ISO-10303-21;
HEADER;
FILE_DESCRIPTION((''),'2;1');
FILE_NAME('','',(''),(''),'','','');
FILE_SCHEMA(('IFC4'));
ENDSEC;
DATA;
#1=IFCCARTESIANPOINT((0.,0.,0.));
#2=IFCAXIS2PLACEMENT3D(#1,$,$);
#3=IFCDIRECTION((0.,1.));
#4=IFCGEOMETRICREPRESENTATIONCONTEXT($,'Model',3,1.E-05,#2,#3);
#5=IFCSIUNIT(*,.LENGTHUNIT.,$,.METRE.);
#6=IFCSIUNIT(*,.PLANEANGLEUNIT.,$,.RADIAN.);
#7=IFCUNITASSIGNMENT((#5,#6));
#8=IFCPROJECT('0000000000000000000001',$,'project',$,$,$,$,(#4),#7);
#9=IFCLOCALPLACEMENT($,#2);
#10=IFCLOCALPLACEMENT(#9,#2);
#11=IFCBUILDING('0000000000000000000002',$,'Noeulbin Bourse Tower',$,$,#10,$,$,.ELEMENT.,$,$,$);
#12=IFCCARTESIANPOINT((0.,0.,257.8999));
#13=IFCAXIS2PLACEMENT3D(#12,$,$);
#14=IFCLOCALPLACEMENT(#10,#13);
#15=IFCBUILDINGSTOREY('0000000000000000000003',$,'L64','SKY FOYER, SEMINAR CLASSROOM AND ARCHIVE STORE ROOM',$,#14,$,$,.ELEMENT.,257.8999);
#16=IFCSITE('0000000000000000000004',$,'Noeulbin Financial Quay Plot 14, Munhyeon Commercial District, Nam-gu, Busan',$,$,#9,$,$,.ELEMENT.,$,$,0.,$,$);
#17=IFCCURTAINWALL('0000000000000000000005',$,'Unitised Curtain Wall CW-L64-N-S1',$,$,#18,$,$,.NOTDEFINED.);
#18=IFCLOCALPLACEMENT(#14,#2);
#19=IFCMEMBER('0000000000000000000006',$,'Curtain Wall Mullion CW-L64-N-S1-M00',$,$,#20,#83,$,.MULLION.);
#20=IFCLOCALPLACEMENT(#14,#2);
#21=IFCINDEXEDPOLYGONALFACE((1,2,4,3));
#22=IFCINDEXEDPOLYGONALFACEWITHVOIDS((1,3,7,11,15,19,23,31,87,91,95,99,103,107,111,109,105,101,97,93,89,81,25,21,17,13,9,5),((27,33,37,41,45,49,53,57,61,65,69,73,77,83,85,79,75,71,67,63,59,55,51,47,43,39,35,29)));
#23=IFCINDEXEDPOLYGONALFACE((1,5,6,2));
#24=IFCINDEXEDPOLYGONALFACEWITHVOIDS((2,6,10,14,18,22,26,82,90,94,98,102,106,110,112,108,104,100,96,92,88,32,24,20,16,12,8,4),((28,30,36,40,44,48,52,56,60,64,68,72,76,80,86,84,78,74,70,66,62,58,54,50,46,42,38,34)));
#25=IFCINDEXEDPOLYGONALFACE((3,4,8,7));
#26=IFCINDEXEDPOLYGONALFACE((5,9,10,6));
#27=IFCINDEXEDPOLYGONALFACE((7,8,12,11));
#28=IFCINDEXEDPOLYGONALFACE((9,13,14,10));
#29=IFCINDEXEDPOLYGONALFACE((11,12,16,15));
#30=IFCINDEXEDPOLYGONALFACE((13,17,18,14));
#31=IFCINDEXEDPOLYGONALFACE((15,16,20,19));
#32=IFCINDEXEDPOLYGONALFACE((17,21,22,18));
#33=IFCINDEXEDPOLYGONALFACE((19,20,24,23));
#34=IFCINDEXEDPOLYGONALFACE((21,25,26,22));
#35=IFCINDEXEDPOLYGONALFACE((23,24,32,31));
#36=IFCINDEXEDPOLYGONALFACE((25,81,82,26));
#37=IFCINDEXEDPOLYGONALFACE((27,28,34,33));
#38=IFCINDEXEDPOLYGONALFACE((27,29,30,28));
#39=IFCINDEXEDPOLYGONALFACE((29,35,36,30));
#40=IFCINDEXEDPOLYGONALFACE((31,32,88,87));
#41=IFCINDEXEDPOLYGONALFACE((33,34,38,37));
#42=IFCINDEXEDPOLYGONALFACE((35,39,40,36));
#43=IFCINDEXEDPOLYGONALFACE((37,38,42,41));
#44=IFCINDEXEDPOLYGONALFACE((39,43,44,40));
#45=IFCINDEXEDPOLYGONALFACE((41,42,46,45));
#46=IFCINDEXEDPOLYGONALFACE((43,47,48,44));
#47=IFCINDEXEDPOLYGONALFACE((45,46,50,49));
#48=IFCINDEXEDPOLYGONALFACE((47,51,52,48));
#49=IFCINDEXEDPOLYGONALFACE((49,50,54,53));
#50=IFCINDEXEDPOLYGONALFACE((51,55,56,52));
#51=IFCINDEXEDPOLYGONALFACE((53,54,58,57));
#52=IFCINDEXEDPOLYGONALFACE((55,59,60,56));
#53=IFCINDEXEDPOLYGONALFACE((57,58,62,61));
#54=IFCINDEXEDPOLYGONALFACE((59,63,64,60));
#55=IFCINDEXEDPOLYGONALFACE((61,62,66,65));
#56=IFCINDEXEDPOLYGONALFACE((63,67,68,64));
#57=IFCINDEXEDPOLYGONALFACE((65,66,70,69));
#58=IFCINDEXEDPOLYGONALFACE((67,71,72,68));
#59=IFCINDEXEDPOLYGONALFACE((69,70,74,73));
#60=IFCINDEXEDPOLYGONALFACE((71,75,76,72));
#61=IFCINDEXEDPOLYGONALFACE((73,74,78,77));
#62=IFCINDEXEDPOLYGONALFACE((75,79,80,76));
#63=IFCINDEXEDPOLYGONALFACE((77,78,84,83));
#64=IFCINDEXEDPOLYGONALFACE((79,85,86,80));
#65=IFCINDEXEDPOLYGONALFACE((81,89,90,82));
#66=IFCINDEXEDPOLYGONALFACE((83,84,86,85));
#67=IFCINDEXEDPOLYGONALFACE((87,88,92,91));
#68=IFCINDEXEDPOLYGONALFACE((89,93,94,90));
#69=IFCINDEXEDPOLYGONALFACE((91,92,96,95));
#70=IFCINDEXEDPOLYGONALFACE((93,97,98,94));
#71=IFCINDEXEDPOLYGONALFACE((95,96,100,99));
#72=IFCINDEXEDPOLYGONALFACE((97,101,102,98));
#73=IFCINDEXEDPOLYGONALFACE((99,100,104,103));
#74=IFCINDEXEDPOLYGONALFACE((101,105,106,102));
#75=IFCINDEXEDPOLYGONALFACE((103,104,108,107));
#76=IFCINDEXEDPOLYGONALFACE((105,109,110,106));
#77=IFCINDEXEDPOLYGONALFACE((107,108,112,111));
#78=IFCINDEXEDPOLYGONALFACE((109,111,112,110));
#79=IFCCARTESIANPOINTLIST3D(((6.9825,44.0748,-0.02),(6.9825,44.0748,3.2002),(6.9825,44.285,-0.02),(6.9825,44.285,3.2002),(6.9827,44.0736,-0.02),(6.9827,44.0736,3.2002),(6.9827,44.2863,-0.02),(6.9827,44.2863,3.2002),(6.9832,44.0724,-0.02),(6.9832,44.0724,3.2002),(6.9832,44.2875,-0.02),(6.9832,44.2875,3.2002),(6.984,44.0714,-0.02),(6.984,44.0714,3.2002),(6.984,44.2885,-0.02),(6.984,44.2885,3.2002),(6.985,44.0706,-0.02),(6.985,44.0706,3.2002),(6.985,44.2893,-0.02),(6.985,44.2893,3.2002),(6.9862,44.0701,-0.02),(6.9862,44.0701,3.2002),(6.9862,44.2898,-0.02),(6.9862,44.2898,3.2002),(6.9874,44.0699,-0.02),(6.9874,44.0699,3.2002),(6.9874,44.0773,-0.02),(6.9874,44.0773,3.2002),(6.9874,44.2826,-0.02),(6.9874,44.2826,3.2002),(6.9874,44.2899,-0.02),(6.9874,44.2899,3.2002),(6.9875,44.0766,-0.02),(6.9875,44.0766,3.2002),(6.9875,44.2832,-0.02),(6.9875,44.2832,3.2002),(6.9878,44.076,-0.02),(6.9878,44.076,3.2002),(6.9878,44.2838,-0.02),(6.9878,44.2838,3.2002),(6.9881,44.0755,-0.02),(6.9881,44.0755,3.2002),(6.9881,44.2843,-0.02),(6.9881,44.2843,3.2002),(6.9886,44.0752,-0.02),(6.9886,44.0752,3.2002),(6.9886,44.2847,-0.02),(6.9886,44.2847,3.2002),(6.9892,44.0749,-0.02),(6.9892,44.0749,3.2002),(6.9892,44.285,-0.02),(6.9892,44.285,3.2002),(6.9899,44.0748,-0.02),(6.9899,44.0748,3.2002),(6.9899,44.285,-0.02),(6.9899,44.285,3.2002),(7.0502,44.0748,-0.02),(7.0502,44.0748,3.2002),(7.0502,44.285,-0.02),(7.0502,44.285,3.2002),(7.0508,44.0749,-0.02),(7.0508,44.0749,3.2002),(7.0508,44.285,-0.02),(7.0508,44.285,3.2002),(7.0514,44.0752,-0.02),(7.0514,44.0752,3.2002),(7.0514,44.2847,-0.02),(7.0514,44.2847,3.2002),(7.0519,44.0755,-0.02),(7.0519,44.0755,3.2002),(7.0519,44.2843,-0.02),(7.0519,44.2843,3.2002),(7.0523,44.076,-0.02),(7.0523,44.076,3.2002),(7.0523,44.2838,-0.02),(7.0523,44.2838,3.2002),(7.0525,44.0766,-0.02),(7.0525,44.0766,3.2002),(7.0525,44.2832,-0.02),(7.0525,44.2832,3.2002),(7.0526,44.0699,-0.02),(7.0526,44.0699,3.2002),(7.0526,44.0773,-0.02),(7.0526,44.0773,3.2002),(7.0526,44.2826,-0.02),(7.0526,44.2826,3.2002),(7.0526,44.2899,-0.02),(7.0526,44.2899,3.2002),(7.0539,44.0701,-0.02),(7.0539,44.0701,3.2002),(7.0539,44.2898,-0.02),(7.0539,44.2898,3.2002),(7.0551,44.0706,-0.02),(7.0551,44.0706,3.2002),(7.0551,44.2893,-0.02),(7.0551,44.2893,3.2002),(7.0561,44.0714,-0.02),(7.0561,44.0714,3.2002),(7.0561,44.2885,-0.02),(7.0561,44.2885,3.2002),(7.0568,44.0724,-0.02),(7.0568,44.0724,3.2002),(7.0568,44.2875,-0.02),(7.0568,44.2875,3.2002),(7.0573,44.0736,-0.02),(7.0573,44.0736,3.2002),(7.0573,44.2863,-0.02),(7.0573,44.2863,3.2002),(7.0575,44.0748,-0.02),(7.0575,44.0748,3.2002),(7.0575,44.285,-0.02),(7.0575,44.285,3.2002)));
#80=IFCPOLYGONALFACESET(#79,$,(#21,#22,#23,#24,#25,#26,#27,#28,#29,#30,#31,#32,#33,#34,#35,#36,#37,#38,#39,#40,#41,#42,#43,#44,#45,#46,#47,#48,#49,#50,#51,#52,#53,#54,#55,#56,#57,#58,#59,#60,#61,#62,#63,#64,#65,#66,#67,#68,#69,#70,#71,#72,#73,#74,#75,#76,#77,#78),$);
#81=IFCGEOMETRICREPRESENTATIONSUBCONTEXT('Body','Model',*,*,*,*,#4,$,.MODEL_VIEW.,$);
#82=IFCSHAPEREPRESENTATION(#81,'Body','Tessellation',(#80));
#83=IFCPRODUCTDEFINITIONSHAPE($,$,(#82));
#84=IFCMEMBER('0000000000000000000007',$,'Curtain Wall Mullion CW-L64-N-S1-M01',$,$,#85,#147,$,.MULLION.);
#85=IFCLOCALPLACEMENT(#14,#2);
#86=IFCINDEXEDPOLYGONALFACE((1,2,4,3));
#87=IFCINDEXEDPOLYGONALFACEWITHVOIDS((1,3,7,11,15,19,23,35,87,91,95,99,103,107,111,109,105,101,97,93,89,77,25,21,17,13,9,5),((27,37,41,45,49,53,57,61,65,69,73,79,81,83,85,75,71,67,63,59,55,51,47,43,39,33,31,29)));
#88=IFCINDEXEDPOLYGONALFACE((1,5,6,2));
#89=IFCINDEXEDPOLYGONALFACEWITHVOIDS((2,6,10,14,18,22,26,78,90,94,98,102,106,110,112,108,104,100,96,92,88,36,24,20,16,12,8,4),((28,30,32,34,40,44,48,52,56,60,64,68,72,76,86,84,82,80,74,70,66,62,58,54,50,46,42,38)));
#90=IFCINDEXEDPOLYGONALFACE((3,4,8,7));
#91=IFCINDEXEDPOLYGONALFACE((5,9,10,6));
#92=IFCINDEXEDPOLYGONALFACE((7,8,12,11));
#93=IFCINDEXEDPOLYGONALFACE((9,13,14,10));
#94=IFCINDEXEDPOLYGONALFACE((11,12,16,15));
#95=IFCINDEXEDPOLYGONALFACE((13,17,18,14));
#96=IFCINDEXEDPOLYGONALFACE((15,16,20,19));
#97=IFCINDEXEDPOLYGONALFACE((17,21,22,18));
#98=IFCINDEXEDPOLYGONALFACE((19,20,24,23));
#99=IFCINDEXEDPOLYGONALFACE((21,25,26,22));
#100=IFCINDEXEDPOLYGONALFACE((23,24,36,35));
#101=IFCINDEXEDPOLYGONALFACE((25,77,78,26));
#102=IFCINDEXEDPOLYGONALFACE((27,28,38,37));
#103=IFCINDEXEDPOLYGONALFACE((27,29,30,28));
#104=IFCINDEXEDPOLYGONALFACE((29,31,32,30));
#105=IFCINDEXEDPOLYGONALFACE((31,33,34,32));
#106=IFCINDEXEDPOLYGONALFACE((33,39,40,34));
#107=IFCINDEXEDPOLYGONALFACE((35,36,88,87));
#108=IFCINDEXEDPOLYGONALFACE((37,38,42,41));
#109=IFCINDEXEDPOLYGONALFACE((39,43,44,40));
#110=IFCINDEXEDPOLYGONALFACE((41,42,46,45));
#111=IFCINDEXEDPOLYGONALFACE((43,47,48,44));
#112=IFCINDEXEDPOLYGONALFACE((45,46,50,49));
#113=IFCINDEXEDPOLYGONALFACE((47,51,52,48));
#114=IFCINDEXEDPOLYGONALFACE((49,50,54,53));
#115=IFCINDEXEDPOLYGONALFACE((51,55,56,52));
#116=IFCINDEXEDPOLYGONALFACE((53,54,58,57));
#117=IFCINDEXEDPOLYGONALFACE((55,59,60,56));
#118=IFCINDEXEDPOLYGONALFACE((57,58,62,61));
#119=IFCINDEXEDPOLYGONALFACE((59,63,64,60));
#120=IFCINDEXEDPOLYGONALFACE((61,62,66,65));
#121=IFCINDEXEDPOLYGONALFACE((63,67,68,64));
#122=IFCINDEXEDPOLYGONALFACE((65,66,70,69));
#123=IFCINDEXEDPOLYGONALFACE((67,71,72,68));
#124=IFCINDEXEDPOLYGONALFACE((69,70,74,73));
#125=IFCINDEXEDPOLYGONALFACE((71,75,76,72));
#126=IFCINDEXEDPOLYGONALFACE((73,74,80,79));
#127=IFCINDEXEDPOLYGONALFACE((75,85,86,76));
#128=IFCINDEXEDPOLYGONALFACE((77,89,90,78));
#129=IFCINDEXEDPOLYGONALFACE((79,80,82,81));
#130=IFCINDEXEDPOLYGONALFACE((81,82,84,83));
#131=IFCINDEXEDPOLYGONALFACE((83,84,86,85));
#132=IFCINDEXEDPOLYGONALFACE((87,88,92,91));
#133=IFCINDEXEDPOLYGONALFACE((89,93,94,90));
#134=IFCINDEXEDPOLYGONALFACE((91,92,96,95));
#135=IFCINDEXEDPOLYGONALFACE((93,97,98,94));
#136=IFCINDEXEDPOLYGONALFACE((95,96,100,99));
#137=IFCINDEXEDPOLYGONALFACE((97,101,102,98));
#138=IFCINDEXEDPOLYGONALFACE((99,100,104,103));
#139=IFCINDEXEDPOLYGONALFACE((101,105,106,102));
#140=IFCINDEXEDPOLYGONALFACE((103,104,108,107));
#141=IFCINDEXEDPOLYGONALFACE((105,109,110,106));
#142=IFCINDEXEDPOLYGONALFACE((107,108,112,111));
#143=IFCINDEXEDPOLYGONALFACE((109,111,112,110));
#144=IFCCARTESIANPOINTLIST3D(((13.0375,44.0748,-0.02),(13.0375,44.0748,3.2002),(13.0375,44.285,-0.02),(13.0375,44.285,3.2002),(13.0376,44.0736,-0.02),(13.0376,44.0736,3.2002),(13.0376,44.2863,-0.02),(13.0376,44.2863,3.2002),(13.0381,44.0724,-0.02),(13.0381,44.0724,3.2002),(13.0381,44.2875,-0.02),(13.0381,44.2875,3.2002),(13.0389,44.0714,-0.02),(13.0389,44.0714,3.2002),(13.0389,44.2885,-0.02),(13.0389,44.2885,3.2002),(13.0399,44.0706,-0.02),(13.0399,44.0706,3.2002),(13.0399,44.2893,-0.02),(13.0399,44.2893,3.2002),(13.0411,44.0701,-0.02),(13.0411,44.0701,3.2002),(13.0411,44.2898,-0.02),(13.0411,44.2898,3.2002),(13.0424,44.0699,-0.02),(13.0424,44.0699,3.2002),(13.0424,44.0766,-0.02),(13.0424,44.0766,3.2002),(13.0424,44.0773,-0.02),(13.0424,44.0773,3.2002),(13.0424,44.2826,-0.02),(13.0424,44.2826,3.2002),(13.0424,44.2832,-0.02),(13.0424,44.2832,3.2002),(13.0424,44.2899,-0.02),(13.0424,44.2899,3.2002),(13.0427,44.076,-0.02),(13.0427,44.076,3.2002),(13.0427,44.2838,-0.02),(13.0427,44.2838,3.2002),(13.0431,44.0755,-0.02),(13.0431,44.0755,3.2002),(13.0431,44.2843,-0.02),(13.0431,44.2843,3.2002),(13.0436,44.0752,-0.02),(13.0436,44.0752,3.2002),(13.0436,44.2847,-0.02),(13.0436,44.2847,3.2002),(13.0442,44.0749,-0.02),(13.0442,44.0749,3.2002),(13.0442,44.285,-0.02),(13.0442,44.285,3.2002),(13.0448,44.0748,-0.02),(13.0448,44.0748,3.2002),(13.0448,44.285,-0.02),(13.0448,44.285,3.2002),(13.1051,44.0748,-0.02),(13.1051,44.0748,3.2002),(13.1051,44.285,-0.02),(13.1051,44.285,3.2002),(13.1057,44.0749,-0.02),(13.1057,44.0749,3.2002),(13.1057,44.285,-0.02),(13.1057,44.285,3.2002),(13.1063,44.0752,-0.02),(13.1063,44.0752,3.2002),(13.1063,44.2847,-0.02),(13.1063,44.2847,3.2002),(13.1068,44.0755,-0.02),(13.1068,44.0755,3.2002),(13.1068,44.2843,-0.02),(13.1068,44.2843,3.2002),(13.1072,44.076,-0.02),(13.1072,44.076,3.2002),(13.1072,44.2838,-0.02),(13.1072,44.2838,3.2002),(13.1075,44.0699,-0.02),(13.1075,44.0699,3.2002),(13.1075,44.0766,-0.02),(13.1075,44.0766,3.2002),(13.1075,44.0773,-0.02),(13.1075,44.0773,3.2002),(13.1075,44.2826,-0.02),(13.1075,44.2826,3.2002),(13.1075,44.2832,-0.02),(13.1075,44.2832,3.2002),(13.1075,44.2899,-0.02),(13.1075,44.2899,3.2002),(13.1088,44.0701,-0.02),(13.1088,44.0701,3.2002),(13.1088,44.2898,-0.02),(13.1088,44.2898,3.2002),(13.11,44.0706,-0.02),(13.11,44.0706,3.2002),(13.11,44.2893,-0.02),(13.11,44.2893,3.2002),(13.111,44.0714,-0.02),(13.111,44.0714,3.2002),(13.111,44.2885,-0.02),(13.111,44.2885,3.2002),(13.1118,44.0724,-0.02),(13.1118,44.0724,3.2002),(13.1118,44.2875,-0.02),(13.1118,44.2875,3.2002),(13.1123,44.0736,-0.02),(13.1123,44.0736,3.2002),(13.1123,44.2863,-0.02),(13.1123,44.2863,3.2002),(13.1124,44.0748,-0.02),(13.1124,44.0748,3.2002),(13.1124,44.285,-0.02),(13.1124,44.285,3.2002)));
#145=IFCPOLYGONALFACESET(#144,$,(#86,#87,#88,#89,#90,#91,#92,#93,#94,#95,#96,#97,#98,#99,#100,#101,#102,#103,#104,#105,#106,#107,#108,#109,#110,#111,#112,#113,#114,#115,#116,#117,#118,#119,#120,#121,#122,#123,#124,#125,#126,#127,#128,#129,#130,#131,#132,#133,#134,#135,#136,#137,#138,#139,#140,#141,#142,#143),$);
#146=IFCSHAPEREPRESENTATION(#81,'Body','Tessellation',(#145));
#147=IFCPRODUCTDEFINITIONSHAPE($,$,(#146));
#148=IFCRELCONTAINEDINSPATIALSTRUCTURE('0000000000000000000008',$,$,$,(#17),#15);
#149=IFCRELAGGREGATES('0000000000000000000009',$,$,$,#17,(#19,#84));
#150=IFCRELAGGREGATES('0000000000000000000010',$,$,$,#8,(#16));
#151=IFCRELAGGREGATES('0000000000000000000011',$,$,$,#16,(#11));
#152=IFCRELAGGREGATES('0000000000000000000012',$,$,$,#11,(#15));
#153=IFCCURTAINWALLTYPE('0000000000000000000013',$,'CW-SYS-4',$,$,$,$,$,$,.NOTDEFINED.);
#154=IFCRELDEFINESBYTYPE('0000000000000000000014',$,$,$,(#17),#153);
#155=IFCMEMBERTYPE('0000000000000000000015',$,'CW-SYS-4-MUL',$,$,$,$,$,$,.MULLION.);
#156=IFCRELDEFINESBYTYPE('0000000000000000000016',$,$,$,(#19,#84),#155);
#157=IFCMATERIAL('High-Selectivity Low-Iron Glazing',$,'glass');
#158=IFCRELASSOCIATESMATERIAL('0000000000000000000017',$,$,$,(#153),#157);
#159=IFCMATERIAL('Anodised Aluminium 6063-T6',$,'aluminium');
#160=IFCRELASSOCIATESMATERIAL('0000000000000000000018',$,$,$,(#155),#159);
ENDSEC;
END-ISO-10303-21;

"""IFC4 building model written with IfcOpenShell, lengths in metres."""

from ifc_helpers import new_model, si_unit, direction, frame, origin, origin_2d, place, context, subcontext, project, spatial, hollow_rectangle, extrude, material, material_profile, profile_set, type_object, element, aggregate, save


model = new_model("IFC4")

# Units and contexts
model_context = context("Model", 3, precision=1e-05, world=origin(), true_north=direction((0.0, 1.0)))
body_context = subcontext(model_context, "Body", "Model", "MODEL_VIEW")
ifc_project = project(units=[si_unit("LENGTHUNIT", "METRE"), si_unit("PLANEANGLEUNIT", "RADIAN")], contexts=[model_context])

# Site, building, storey
site_placement = place(None, origin())
site = spatial("IfcSite", under=ifc_project, at=site_placement, Name="Noeulbin Financial Quay Plot 14, Munhyeon Commercial District, Nam-gu, Busan", CompositionType="ELEMENT", RefElevation=0.0)
building_placement = place(site_placement, origin())
building = spatial("IfcBuilding", under=site, at=building_placement, Name="Noeulbin Bourse Tower", CompositionType="ELEMENT")
storey_placement = place(building_placement, frame((0.0, 0.0, 257.8999)))
storey = spatial("IfcBuildingStorey", under=building, at=storey_placement, Name="L64", Description="SKY FOYER, SEMINAR CLASSROOM AND ARCHIVE STORE ROOM", CompositionType="ELEMENT", Elevation=257.8999)

# Curtain wall, members
ifc_material_1 = material(Name="High-Selectivity Low-Iron Glazing", Category="glass")
curtain_wall_type = type_object("IfcCurtainWallType", Name="CW-SYS-4", PredefinedType="NOTDEFINED", material=ifc_material_1)
curtain_wall_1_placement = place(storey_placement, origin())
curtain_wall_1 = element("IfcCurtainWall", 1, at=curtain_wall_1_placement, inside=storey, type_object=curtain_wall_type, Name="Unitised Curtain Wall CW-L64-N-S1", PredefinedType="NOTDEFINED")
ifc_material_2 = material(Name="Anodised Aluminium 6063-T6", Category="aluminium")
ifc_material_profile_1 = material_profile(ifc_material_2, hollow_rectangle(XDim=0.075, YDim=0.22, WallThickness=0.0049, InnerFilletRadius=0.0024, OuterFilletRadius=0.0049, at=origin_2d()), Name="ALU-MULL-75x220x5", Category="LoadBearing")
ifc_profile_set_1 = profile_set([ifc_material_profile_1], Name="Anodised Aluminium 6063-T6")
member_type_1 = type_object("IfcMemberType", Name="CW-SYS-4-MUL", PredefinedType="MULLION", material=ifc_profile_set_1)
member_1_placement = place(storey_placement, frame((7.02, 44.1799, -0.02), z_axis=(0.0, 0.0, 1.0), x_axis=(1.0, 0.0, 0.0)))
member_1 = element("IfcMember", 2, at=member_1_placement, type_object=member_type_1, Name="Curtain Wall Mullion CW-L64-N-S1-M00", PredefinedType="MULLION", context=body_context, shape_type="SweptSolid", body=[
    extrude(hollow_rectangle(XDim=0.075, YDim=0.22, WallThickness=0.0049, InnerFilletRadius=0.0024, OuterFilletRadius=0.0049, at=origin_2d()), origin(), (0.0, 0.0, 1.0), 3.2202),
])
member_2_placement = place(storey_placement, frame((13.075, 44.1799, -0.02), z_axis=(0.0, 0.0, 1.0), x_axis=(1.0, 0.0, 0.0)))
member_2 = element("IfcMember", 3, at=member_2_placement, type_object=member_type_1, Name="Curtain Wall Mullion CW-L64-N-S1-M01", PredefinedType="MULLION", context=body_context, shape_type="SweptSolid", body=[
    extrude(hollow_rectangle(XDim=0.075, YDim=0.22, WallThickness=0.0049, InnerFilletRadius=0.0024, OuterFilletRadius=0.0049, at=origin_2d()), origin(), (0.0, 0.0, 1.0), 3.2202),
])

aggregate(curtain_wall_1, [member_1, member_2])

save(model, "model.ifc")
